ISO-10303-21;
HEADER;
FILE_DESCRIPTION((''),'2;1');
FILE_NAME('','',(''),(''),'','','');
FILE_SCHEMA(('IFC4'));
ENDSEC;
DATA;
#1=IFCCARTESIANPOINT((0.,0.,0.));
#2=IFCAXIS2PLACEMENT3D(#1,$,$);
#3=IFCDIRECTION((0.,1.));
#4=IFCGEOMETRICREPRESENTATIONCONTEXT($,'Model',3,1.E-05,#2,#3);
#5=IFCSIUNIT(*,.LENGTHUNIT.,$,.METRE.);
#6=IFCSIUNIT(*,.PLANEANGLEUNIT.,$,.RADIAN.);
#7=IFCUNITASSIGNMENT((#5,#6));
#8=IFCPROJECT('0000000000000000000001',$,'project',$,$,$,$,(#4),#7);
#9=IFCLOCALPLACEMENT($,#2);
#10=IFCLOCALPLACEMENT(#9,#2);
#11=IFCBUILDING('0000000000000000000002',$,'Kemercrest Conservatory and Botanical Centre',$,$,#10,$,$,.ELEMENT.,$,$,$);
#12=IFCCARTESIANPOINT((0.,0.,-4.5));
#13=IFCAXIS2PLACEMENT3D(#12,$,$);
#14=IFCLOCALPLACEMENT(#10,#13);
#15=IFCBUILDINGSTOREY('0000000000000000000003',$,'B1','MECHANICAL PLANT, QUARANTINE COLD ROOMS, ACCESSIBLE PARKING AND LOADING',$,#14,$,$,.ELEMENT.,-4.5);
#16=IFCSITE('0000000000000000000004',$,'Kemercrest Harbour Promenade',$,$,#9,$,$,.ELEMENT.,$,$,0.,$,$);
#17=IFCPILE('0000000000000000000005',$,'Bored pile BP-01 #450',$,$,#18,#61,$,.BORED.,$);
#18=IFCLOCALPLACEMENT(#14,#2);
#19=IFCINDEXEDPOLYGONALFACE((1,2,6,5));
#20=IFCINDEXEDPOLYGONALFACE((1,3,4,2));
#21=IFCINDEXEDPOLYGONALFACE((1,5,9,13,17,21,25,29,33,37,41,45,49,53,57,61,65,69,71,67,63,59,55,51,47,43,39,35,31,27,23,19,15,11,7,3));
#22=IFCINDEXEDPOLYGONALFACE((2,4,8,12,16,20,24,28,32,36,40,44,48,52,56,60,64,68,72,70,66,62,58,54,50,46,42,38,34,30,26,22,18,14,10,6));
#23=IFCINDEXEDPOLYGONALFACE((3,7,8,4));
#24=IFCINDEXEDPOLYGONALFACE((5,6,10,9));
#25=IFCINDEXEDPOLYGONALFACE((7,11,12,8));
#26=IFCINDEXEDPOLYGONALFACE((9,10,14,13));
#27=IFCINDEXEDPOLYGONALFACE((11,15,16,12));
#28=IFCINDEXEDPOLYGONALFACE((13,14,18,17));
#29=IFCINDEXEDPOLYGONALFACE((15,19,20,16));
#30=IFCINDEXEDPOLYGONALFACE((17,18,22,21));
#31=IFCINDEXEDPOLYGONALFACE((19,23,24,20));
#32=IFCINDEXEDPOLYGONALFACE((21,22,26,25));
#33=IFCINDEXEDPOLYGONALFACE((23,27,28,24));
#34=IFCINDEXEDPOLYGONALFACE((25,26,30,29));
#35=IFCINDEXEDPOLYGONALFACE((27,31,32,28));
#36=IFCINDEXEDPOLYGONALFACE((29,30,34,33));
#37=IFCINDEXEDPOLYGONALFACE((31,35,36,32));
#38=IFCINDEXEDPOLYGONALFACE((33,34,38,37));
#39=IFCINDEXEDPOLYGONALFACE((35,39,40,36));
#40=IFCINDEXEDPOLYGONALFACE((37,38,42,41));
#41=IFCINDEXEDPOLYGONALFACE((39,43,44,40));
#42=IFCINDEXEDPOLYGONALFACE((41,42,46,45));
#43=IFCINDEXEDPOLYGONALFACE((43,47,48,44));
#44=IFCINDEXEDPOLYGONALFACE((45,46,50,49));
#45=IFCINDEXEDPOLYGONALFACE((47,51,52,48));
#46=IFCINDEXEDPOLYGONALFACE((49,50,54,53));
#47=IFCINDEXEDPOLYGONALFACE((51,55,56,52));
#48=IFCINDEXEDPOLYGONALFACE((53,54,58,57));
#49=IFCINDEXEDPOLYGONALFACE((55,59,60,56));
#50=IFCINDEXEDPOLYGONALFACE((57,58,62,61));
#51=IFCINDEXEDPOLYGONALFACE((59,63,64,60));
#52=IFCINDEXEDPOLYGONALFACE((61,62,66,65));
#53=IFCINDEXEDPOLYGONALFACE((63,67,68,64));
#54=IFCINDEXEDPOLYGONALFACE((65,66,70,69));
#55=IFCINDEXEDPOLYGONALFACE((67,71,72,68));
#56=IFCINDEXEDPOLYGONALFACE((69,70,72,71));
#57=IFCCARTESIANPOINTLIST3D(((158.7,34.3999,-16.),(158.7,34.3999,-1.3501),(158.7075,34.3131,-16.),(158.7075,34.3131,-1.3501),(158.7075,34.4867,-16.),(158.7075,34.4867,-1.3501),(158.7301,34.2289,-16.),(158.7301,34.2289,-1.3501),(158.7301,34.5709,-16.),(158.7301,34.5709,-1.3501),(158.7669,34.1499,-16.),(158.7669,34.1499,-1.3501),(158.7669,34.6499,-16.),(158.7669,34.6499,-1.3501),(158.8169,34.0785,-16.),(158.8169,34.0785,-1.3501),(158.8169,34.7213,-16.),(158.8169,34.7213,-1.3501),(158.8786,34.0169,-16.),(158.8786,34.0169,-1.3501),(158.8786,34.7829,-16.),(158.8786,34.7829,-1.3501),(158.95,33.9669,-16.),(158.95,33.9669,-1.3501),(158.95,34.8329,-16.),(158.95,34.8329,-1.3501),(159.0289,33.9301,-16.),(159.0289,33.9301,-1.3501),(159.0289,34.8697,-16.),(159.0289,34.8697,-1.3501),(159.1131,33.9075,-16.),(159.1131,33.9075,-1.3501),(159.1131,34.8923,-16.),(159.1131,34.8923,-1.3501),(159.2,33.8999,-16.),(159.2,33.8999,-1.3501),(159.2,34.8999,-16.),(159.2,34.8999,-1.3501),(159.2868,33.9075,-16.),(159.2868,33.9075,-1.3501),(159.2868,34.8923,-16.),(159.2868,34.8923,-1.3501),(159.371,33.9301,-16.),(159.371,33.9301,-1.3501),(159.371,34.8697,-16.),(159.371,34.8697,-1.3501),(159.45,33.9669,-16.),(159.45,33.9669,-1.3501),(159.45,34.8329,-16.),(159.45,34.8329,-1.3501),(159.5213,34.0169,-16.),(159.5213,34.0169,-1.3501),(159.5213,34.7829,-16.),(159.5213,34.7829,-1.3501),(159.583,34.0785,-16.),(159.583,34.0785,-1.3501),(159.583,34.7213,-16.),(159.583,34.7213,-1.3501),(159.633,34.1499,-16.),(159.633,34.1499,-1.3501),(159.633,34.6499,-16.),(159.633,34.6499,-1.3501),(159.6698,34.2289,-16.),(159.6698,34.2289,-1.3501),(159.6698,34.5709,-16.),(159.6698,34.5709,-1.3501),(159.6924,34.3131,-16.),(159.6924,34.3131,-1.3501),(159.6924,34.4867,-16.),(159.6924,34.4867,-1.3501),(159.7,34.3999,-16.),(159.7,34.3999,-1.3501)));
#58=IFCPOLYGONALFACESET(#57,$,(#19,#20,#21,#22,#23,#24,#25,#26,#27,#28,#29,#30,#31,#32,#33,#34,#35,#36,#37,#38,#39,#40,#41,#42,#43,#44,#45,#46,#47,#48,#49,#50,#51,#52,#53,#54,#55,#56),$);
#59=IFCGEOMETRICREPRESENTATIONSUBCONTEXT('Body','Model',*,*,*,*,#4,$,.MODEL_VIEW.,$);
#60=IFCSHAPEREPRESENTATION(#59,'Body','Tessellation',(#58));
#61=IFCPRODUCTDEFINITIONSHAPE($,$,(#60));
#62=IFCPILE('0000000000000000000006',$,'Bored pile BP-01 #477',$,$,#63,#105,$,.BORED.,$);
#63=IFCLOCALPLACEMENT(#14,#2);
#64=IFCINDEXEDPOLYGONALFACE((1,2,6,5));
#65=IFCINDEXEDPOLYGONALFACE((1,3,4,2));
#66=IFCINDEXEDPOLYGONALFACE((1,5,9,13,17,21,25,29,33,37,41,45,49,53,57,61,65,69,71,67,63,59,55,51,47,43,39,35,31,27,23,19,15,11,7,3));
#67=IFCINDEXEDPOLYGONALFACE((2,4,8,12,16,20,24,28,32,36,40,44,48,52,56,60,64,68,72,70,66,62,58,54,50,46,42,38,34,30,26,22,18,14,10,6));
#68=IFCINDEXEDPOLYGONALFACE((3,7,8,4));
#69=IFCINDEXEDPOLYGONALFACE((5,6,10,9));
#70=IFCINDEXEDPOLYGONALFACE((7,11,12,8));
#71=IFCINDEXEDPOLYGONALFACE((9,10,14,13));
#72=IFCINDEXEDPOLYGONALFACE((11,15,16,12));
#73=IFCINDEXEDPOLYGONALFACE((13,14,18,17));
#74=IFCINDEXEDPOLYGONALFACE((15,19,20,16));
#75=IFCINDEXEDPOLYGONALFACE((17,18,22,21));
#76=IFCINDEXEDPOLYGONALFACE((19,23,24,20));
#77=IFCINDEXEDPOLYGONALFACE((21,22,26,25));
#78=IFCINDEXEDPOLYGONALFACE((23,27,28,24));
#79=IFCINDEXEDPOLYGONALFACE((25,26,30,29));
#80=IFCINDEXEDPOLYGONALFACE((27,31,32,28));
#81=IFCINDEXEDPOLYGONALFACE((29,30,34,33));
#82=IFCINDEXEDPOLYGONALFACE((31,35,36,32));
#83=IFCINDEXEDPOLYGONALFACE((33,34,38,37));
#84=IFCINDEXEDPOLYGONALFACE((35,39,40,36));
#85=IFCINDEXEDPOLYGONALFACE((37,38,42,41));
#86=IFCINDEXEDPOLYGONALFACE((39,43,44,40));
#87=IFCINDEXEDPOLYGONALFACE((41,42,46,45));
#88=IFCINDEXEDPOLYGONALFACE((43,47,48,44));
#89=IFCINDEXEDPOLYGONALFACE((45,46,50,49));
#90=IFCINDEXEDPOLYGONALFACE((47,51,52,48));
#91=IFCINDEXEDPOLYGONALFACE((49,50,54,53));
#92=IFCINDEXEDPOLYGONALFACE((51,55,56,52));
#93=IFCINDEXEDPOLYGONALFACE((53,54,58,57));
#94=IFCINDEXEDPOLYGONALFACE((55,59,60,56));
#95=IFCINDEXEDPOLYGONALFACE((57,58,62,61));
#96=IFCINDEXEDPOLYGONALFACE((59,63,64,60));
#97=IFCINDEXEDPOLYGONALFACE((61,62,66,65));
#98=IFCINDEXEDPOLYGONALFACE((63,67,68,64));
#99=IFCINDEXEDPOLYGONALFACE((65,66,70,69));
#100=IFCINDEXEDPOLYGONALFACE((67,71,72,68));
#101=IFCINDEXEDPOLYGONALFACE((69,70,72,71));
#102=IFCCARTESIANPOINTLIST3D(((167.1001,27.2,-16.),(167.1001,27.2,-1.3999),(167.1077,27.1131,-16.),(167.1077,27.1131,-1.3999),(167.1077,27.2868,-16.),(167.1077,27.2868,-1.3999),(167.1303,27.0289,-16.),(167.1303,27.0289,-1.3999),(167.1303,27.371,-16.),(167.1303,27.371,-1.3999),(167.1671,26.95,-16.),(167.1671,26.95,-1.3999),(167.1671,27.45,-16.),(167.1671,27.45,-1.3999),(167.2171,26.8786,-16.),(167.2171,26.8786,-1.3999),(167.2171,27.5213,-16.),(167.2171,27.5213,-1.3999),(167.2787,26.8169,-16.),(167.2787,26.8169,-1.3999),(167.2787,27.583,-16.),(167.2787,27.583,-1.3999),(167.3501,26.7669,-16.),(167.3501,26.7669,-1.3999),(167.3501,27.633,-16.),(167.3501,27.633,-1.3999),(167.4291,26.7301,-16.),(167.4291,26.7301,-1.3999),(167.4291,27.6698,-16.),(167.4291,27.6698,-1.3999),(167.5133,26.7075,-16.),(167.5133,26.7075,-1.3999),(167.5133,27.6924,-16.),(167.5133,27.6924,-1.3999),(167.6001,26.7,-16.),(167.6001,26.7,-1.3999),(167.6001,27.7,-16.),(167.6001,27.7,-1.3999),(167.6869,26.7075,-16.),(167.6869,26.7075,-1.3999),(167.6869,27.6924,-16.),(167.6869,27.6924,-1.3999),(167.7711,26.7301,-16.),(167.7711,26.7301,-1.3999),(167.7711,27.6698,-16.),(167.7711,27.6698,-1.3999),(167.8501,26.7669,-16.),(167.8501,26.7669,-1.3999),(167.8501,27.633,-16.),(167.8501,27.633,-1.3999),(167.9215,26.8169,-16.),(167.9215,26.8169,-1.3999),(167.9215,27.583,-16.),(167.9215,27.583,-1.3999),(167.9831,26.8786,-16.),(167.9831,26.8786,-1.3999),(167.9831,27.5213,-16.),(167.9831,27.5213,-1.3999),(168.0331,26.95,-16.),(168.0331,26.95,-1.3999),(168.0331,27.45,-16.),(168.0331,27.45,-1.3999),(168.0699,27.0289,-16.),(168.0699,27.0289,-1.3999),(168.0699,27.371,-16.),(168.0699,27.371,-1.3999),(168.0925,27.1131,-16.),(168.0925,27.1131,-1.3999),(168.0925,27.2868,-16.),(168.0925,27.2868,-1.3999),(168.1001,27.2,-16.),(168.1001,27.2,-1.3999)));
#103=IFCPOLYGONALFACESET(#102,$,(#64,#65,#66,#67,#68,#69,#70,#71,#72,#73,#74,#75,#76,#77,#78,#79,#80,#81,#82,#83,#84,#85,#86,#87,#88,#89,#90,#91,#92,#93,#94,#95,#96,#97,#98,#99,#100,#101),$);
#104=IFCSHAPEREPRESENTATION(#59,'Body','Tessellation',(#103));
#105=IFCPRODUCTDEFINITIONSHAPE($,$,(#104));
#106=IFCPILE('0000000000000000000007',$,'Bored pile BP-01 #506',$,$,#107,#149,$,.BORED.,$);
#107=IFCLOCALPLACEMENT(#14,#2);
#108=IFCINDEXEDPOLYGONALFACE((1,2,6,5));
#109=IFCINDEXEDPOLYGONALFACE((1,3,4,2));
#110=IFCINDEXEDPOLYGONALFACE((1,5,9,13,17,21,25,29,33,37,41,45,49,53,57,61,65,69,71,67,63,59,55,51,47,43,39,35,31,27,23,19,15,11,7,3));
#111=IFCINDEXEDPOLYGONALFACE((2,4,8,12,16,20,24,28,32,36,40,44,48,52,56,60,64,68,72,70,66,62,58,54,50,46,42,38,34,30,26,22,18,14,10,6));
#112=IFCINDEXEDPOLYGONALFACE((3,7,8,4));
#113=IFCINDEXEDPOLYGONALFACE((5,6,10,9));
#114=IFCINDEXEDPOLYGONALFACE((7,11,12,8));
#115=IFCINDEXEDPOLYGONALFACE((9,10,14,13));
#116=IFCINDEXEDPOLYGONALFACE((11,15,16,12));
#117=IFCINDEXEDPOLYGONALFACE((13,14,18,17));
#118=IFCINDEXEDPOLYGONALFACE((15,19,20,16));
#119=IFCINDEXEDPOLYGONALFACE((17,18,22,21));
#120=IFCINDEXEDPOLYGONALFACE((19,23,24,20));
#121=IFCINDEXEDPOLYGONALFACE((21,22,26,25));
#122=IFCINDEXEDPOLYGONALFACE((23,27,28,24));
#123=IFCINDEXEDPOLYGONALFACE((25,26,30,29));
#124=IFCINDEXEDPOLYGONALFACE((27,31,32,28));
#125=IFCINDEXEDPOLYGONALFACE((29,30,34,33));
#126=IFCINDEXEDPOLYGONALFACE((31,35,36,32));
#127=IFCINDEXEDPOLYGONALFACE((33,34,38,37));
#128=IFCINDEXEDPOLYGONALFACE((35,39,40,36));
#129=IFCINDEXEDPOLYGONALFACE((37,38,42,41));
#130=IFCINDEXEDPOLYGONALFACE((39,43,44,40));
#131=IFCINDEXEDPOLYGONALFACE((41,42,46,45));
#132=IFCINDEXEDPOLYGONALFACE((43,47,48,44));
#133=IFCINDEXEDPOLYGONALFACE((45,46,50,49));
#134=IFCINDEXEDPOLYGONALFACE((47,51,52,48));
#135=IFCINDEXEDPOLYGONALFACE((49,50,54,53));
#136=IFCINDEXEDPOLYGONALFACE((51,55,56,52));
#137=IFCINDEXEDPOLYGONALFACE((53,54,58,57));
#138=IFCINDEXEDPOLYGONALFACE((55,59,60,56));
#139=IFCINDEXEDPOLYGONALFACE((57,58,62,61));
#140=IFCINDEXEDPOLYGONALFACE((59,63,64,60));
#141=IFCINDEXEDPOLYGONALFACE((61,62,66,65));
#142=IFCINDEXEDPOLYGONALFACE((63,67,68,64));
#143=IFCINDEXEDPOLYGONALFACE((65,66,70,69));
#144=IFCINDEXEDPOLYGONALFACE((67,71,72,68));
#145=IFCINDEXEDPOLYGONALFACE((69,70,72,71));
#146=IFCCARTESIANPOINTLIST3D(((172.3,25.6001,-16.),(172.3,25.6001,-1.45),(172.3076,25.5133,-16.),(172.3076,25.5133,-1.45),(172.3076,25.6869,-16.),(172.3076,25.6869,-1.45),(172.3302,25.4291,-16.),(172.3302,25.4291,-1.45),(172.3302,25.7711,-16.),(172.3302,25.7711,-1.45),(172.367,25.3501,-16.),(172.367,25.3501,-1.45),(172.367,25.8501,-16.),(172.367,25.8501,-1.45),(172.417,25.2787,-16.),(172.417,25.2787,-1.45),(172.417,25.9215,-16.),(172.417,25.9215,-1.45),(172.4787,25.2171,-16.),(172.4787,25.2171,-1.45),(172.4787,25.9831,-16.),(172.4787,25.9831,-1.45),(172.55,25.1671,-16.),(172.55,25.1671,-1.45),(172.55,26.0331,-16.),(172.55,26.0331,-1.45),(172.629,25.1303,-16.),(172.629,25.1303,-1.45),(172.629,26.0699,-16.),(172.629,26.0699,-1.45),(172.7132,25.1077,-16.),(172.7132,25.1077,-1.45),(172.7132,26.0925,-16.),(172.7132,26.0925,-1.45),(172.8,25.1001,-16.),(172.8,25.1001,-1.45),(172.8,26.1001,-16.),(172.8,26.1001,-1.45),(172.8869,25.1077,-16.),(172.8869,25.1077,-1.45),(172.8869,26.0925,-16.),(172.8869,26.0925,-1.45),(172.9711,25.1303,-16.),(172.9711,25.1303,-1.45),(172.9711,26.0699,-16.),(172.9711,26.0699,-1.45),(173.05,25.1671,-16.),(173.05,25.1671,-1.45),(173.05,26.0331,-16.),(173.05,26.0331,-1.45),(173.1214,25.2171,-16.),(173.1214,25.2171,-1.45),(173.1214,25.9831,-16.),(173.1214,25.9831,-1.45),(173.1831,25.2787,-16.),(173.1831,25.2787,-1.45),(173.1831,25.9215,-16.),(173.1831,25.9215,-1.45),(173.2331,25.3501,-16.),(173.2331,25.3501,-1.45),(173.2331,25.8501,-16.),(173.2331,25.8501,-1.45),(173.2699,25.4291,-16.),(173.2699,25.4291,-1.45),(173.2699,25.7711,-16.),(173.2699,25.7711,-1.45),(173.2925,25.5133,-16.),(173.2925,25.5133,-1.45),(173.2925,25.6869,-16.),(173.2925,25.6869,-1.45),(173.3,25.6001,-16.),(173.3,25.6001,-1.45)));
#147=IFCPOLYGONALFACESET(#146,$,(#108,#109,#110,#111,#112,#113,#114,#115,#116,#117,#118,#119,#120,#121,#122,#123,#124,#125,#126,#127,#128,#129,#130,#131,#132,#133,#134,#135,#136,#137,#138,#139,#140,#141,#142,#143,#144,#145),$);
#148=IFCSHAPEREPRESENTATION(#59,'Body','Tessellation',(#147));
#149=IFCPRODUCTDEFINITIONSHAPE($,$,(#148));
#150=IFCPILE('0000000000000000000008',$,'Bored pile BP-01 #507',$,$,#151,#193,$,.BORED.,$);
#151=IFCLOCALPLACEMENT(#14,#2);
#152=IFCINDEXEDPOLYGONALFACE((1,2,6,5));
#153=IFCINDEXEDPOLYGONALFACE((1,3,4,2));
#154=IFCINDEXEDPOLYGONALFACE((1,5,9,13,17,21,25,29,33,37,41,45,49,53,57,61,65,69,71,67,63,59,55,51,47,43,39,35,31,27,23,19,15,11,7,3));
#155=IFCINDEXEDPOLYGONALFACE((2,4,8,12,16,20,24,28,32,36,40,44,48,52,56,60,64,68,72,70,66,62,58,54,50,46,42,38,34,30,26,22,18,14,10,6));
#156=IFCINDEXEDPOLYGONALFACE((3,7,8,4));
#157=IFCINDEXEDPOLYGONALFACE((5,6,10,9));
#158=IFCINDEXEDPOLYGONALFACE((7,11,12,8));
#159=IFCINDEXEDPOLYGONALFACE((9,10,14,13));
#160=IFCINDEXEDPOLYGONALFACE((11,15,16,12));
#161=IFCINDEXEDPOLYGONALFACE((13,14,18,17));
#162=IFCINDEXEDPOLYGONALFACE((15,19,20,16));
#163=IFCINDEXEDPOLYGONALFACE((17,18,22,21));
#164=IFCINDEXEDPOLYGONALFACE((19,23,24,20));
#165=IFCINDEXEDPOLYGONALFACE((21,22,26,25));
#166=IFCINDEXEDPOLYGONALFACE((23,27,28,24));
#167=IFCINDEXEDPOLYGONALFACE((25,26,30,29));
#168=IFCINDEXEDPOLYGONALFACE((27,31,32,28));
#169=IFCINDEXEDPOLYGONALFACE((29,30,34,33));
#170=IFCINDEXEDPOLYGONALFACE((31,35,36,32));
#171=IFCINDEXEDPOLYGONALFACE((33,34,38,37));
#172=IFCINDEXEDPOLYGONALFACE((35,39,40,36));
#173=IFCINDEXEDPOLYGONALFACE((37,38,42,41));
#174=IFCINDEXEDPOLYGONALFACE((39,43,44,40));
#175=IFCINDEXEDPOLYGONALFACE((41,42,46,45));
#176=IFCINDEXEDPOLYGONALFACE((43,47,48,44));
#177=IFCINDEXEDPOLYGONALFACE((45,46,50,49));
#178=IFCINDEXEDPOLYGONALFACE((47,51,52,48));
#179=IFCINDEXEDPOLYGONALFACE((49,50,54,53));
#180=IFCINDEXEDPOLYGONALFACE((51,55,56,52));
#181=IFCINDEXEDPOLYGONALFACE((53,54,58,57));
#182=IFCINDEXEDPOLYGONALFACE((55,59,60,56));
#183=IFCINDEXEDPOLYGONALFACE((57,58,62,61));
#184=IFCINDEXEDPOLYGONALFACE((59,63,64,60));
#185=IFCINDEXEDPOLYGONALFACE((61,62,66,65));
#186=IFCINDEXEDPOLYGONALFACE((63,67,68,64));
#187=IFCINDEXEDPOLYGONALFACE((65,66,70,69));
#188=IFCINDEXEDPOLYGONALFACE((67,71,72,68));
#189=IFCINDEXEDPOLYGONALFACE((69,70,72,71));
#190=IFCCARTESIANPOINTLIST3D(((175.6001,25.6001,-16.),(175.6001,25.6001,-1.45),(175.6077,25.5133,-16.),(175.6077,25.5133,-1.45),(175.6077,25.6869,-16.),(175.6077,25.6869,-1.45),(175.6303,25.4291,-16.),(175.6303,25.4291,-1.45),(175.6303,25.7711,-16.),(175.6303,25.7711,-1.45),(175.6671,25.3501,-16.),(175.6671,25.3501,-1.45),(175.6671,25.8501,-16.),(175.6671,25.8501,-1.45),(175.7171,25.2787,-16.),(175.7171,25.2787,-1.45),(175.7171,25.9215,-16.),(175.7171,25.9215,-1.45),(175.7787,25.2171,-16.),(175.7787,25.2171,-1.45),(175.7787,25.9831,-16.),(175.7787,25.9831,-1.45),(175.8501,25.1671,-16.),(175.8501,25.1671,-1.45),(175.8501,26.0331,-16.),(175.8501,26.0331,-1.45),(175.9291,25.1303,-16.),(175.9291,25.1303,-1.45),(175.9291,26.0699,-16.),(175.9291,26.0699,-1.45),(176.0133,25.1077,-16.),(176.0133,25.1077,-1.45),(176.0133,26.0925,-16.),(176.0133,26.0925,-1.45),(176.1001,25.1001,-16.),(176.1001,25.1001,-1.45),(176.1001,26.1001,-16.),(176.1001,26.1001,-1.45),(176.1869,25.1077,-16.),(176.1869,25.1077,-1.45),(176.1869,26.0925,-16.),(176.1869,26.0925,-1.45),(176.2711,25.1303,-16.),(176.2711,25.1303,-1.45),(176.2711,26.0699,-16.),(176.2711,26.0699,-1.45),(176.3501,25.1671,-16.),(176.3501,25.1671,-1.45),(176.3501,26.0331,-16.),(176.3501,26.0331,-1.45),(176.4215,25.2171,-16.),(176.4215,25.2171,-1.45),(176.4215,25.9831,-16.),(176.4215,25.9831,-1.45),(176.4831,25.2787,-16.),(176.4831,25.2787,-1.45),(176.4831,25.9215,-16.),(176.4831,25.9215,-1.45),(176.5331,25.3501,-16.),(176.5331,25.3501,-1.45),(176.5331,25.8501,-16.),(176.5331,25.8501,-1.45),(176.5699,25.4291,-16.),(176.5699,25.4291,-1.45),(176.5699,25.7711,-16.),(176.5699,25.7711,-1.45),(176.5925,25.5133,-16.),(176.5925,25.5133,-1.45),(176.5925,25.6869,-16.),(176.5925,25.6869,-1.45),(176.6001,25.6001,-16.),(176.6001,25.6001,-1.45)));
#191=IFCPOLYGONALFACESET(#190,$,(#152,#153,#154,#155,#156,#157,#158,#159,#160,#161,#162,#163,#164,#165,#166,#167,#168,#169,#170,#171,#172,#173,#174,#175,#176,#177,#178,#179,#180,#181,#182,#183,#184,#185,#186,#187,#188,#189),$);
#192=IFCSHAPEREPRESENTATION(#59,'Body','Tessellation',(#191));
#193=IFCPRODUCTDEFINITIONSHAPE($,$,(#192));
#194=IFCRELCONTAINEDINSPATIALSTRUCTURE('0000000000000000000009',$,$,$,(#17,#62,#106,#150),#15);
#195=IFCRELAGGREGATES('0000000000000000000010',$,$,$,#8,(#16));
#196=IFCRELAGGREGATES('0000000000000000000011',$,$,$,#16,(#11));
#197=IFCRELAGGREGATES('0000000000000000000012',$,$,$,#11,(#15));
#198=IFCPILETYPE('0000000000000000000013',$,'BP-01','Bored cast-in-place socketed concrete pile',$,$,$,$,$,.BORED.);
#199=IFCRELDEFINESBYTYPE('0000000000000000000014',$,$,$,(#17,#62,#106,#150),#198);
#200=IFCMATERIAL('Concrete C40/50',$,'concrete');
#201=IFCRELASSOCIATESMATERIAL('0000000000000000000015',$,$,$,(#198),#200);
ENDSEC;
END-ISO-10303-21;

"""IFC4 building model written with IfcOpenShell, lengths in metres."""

from ifc_helpers import new_model, si_unit, direction, frame, origin, origin_2d, place, context, subcontext, project, spatial, circle, extrude, material, material_profile, profile_set, type_object, element, save


model = new_model("IFC4")

# Units and contexts
model_context = context("Model", 3, precision=1e-05, world=origin(), true_north=direction((0.0, 1.0)))
body_context = subcontext(model_context, "Body", "Model", "MODEL_VIEW")
ifc_project = project(units=[si_unit("LENGTHUNIT", "METRE"), si_unit("PLANEANGLEUNIT", "RADIAN")], contexts=[model_context])

# Site, building, storey
site_placement = place(None, origin())
site = spatial("IfcSite", under=ifc_project, at=site_placement, Name="Kemercrest Harbour Promenade", CompositionType="ELEMENT", RefElevation=0.0)
building_placement = place(site_placement, origin())
building = spatial("IfcBuilding", under=site, at=building_placement, Name="Kemercrest Conservatory and Botanical Centre", CompositionType="ELEMENT")
storey_placement = place(building_placement, frame((0.0, 0.0, -4.5)))
storey = spatial("IfcBuildingStorey", under=building, at=storey_placement, Name="B1", Description="MECHANICAL PLANT, QUARANTINE COLD ROOMS, ACCESSIBLE PARKING AND LOADING", CompositionType="ELEMENT", Elevation=-4.5)

# Piles
ifc_material_1 = material(Name="Concrete C40/50", Category="concrete")
ifc_material_profile_1 = material_profile(ifc_material_1, circle(Radius=0.5, at=origin_2d()), Name="BORED PILE 1000")
ifc_profile_set_1 = profile_set([ifc_material_profile_1], Name="Concrete C40/50")
pile_type_1 = type_object("IfcPileType", Name="BP-01", Description="Bored cast-in-place socketed concrete pile", PredefinedType="BORED", material=ifc_profile_set_1)
pile_1_placement = place(storey_placement, frame((159.2, 34.3999, -1.3501), z_axis=(0.0, 0.0, -1.0), x_axis=(1.0, 0.0, 0.0)))
element("IfcPile", 1, at=pile_1_placement, inside=storey, type_object=pile_type_1, Name="Bored pile BP-01 #450", PredefinedType="BORED", context=body_context, shape_type="SweptSolid", body=[
    extrude(circle(Radius=0.5, at=origin_2d()), origin(), (0.0, 0.0, 1.0), 14.6499),
])
pile_2_placement = place(storey_placement, frame((167.6001, 27.2, -1.3999), z_axis=(0.0, 0.0, -1.0), x_axis=(1.0, 0.0, 0.0)))
element("IfcPile", 2, at=pile_2_placement, inside=storey, type_object=pile_type_1, Name="Bored pile BP-01 #477", PredefinedType="BORED", context=body_context, shape_type="SweptSolid", body=[
    extrude(circle(Radius=0.5, at=origin_2d()), origin(), (0.0, 0.0, 1.0), 14.6001),
])
for number, where, z_axis, x_axis, name in (
    (3, (172.8, 25.6001, -1.45), (0.0, 0.0, -1.0), (1.0, 0.0, 0.0), "Bored pile BP-01 #506"),
    (4, (176.1001, 25.6001, -1.45), (0.0, 0.0, -1.0), (1.0, 0.0, 0.0), "Bored pile BP-01 #507"),
):
    element("IfcPile", number, at=place(storey_placement, frame(where, z_axis=z_axis, x_axis=x_axis)), inside=storey, type_object=pile_type_1, Name=name, PredefinedType="BORED", context=body_context, shape_type="SweptSolid", body=[
        extrude(circle(Radius=0.5, at=origin_2d()), origin(), (0.0, 0.0, 1.0), 14.55),
    ])

save(model, "model.ifc")
